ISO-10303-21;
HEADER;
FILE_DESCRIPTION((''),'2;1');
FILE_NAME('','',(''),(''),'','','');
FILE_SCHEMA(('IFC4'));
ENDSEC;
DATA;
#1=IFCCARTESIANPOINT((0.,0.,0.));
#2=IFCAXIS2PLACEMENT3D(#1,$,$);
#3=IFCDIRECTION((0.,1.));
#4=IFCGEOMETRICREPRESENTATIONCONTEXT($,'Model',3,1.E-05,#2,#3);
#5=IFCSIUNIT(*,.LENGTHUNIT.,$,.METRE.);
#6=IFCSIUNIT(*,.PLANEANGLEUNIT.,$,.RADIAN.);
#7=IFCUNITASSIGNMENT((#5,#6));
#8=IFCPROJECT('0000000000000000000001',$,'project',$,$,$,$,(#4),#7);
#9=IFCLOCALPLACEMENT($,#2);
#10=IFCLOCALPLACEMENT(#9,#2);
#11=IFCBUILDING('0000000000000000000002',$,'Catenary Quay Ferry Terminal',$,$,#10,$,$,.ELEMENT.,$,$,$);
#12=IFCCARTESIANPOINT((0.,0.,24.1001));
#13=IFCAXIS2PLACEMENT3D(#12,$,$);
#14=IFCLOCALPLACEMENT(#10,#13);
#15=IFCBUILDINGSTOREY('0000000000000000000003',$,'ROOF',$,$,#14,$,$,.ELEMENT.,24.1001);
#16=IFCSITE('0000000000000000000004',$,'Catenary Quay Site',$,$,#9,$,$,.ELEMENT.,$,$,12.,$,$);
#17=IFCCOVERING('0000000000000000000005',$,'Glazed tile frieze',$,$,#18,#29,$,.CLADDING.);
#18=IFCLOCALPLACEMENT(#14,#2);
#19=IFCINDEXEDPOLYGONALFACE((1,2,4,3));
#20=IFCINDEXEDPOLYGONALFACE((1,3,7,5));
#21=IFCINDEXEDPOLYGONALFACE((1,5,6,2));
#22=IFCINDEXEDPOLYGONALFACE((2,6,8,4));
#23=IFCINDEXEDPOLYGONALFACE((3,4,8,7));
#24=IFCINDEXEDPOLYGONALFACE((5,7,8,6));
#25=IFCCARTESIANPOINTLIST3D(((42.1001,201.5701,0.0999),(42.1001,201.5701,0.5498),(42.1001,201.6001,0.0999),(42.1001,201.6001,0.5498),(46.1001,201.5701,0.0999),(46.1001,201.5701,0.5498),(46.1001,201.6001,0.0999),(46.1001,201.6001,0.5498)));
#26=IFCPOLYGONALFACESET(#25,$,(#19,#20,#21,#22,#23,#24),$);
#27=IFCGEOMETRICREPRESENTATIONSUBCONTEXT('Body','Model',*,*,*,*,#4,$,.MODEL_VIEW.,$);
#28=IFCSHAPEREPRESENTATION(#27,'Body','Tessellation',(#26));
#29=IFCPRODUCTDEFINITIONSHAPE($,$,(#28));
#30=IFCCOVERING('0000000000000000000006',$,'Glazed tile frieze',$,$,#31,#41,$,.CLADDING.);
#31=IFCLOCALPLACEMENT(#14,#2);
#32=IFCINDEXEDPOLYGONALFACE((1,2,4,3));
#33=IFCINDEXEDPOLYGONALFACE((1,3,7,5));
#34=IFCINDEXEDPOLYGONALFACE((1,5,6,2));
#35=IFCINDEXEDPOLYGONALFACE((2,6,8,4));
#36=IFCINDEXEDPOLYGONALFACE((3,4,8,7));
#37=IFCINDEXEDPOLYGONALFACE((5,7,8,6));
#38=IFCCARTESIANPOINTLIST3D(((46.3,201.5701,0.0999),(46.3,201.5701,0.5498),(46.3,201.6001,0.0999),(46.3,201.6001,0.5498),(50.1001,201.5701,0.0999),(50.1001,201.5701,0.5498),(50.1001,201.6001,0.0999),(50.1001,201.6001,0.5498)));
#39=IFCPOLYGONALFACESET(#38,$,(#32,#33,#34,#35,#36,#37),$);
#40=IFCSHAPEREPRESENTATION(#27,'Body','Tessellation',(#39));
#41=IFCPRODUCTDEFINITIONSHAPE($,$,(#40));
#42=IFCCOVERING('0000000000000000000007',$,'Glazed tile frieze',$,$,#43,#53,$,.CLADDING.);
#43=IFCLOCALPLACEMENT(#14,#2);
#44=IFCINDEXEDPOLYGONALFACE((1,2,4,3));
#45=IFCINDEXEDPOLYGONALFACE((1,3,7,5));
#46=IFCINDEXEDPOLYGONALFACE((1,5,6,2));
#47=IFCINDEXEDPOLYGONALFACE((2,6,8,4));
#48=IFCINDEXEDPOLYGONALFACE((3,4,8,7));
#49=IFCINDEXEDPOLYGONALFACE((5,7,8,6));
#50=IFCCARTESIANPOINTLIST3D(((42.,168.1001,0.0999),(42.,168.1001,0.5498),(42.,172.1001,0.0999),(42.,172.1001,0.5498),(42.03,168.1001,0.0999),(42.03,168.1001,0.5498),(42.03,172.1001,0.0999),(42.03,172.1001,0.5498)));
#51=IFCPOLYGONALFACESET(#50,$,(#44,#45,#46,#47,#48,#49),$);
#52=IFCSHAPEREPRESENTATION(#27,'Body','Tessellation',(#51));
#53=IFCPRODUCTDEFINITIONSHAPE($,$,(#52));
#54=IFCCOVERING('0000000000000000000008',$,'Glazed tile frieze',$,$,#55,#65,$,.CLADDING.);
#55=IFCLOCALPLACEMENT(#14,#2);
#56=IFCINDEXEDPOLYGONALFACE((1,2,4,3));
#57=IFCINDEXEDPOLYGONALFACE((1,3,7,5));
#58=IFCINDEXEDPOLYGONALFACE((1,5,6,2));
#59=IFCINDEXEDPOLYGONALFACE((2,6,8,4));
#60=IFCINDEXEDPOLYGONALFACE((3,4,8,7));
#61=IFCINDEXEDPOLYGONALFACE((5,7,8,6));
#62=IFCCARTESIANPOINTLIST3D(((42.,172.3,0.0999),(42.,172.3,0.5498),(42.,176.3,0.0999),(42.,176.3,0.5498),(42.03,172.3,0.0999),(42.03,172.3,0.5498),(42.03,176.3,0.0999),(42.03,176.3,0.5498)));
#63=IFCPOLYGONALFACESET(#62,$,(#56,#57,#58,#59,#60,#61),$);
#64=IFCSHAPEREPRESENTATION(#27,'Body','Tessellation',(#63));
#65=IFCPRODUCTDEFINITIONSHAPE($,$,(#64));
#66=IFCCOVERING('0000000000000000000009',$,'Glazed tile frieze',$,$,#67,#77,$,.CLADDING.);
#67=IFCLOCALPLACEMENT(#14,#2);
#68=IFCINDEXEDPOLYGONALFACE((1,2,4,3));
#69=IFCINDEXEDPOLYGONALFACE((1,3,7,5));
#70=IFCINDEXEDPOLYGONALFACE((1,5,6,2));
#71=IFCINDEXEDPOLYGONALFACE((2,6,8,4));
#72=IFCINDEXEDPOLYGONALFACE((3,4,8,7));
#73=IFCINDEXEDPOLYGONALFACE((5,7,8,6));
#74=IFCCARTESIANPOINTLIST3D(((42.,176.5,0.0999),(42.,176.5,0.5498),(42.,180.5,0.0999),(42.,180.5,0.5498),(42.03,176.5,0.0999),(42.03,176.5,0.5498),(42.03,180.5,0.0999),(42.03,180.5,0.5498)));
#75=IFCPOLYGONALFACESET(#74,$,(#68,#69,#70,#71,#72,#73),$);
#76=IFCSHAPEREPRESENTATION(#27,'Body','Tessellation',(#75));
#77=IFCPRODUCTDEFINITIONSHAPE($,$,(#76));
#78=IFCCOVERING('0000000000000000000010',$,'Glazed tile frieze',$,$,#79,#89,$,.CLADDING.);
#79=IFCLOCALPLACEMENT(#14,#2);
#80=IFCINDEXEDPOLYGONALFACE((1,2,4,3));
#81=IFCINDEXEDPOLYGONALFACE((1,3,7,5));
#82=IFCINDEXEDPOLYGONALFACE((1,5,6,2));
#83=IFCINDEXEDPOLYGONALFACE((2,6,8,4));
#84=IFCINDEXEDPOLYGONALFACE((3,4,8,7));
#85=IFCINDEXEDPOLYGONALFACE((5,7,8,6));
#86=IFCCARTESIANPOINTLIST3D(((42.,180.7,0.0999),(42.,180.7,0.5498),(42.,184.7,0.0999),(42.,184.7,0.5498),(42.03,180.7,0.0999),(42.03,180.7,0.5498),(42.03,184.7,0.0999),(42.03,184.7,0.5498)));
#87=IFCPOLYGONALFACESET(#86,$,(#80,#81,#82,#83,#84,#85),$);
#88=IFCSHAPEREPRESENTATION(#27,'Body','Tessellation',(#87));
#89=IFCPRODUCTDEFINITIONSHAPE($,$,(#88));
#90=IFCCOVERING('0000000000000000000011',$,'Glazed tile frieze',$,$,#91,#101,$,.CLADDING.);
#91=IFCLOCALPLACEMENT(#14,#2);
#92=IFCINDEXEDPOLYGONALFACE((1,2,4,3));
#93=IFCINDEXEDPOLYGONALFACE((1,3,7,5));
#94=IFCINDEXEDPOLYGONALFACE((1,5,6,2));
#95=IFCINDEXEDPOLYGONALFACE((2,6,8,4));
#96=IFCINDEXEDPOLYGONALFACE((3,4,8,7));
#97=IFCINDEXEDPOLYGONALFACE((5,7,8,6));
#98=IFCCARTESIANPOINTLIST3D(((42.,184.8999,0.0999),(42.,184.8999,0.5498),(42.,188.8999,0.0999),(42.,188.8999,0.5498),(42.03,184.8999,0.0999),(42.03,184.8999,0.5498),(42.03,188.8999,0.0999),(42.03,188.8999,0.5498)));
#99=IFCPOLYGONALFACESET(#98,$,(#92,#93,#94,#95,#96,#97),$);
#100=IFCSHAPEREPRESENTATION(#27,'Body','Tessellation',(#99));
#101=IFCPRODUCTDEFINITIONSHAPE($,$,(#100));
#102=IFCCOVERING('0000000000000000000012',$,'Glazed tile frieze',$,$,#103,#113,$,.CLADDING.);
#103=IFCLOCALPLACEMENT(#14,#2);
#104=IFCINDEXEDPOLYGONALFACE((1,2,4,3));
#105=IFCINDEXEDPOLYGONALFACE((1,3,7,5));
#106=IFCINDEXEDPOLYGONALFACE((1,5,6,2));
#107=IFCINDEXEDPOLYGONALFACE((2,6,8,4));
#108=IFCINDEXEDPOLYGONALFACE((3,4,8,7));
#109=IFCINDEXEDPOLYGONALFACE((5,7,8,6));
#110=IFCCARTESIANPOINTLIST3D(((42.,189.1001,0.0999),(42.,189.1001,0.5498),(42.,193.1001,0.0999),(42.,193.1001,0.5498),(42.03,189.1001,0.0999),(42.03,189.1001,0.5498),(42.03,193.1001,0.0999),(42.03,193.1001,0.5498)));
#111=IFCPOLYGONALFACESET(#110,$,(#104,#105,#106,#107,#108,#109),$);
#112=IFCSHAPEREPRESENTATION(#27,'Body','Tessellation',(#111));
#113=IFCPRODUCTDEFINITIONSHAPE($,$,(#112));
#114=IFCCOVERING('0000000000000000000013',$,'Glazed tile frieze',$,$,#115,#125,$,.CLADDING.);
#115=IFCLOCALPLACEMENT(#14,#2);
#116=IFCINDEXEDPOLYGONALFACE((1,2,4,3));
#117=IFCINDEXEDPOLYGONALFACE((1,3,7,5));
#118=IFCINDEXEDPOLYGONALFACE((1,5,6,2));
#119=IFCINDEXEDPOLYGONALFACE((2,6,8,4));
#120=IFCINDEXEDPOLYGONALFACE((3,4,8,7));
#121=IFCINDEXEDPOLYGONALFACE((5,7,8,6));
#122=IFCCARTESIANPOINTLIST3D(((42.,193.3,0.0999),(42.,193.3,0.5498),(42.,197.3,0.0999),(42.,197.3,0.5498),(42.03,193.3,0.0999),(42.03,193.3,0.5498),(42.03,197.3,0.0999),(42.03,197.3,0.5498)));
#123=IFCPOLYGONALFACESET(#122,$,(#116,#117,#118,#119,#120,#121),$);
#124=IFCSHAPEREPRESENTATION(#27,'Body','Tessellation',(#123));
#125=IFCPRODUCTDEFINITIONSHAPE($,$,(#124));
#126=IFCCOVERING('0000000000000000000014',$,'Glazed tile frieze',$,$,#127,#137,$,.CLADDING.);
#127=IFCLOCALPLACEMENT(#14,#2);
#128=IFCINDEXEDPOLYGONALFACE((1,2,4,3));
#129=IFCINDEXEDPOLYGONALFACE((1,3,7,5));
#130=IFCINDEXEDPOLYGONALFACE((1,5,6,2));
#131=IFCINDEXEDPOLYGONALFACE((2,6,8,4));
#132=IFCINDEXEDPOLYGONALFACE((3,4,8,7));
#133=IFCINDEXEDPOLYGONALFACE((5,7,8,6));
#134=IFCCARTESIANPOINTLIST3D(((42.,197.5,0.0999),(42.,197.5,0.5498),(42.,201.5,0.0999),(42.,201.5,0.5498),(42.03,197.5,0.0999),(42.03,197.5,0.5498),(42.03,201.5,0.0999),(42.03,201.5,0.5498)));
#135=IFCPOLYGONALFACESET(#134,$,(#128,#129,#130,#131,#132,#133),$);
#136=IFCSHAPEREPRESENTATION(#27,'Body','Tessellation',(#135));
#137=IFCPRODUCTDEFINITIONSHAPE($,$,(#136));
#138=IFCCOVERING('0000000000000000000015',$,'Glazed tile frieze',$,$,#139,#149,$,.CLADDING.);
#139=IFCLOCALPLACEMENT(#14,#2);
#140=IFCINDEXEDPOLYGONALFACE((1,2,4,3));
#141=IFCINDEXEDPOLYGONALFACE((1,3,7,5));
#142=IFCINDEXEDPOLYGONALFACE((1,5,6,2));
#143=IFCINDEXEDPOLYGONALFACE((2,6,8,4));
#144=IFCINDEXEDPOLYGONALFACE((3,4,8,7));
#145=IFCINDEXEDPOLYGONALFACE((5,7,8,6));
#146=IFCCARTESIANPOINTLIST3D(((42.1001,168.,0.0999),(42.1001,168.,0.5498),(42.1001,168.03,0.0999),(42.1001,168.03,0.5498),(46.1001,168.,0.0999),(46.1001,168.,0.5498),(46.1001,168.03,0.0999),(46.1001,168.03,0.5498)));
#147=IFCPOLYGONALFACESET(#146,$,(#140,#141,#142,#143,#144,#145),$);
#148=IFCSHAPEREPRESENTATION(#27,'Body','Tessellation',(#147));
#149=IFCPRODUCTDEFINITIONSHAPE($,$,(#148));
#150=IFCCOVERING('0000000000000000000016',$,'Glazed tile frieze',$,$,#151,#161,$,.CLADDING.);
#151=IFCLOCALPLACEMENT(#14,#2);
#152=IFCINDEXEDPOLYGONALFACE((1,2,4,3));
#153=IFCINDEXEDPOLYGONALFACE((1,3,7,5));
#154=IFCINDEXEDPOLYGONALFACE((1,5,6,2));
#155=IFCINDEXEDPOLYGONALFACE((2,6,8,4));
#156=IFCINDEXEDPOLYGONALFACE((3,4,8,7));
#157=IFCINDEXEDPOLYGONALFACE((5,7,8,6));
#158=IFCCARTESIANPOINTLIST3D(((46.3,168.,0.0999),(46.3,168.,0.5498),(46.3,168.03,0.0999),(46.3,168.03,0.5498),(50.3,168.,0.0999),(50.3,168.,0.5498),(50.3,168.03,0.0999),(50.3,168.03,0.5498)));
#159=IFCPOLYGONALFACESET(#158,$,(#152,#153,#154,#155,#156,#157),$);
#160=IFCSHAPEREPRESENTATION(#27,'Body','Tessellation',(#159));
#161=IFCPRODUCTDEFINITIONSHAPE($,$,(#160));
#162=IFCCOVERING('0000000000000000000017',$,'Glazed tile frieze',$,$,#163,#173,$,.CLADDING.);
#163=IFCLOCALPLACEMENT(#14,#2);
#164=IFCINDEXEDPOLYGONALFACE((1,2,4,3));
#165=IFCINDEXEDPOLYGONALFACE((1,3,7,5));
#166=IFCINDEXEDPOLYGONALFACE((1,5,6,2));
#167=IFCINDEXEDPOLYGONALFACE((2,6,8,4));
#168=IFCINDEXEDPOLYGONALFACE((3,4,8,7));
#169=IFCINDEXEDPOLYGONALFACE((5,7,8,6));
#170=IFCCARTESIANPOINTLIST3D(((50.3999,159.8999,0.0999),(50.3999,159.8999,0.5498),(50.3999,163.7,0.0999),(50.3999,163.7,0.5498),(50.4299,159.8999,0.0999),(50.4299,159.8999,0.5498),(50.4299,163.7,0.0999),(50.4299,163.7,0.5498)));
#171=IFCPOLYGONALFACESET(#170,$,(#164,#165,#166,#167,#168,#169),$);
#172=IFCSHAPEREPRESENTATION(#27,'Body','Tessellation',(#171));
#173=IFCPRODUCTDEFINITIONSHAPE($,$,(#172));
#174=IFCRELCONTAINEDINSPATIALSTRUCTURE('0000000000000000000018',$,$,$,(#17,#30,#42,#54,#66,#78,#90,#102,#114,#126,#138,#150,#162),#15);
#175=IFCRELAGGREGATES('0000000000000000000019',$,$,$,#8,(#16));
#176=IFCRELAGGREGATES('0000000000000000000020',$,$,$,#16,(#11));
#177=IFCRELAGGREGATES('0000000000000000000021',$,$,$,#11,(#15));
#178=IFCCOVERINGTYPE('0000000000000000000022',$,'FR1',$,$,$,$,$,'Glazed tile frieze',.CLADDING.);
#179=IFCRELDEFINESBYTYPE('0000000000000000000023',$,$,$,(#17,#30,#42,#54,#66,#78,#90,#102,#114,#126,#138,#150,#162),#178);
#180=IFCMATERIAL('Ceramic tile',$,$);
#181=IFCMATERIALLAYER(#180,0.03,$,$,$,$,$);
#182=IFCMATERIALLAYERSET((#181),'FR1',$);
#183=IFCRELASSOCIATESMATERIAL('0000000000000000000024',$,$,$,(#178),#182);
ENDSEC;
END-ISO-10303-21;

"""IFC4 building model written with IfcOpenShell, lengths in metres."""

from ifc_helpers import new_model, si_unit, direction, frame, origin, place, context, subcontext, project, spatial, polyline, outline, extrude, material, layer, layer_set, type_object, element, save


model = new_model("IFC4")

# Units and contexts
model_context = context("Model", 3, precision=1e-05, world=origin(), true_north=direction((0.0, 1.0)))
body_context = subcontext(model_context, "Body", "Model", "MODEL_VIEW")
ifc_project = project(units=[si_unit("LENGTHUNIT", "METRE"), si_unit("PLANEANGLEUNIT", "RADIAN")], contexts=[model_context])

# Site, building, storey
site_placement = place(None, origin())
site = spatial("IfcSite", under=ifc_project, at=site_placement, Name="Catenary Quay Site", CompositionType="ELEMENT", RefElevation=12.0)
building_placement = place(site_placement, origin())
building = spatial("IfcBuilding", under=site, at=building_placement, Name="Catenary Quay Ferry Terminal", CompositionType="ELEMENT")
storey_placement = place(building_placement, frame((0.0, 0.0, 24.1001)))
storey = spatial("IfcBuildingStorey", under=building, at=storey_placement, Name="ROOF", CompositionType="ELEMENT", Elevation=24.1001)

# Coverings
ifc_material_1 = material(Name="Ceramic tile")
ifc_layer_1 = layer(ifc_material_1, 0.03)
ifc_layer_set_1 = layer_set([ifc_layer_1], Name="FR1")
covering_type_1 = type_object("IfcCoveringType", Name="FR1", ElementType="Glazed tile frieze", PredefinedType="CLADDING", material=ifc_layer_set_1)
covering_1_placement = place(storey_placement, frame((0.0, 0.0, 0.0999)))
element("IfcCovering", 1, at=covering_1_placement, inside=storey, type_object=covering_type_1, Name="Glazed tile frieze", PredefinedType="CLADDING", context=body_context, shape_type="SweptSolid", body=[
    extrude(outline(polyline([(42.1001, 201.6001), (46.1001, 201.6001), (46.1001, 201.5701), (42.1001, 201.5701), (42.1001, 201.6001)])), origin(), (0.0, 0.0, 1.0), 0.45),
])
covering_2_placement = place(storey_placement, frame((0.0, 0.0, 0.0999)))
element("IfcCovering", 2, at=covering_2_placement, inside=storey, type_object=covering_type_1, Name="Glazed tile frieze", PredefinedType="CLADDING", context=body_context, shape_type="SweptSolid", body=[
    extrude(outline(polyline([(46.3, 201.6001), (50.1001, 201.6001), (50.1001, 201.5701), (46.3, 201.5701), (46.3, 201.6001)])), origin(), (0.0, 0.0, 1.0), 0.45),
])
covering_3_placement = place(storey_placement, frame((0.0, 0.0, 0.0999)))
element("IfcCovering", 3, at=covering_3_placement, inside=storey, type_object=covering_type_1, Name="Glazed tile frieze", PredefinedType="CLADDING", context=body_context, shape_type="SweptSolid", body=[
    extrude(outline(polyline([(42.0, 168.1001), (42.0, 172.1001), (42.03, 172.1001), (42.03, 168.1001), (42.0, 168.1001)])), origin(), (0.0, 0.0, 1.0), 0.45),
])
covering_4_placement = place(storey_placement, frame((0.0, 0.0, 0.0999)))
element("IfcCovering", 4, at=covering_4_placement, inside=storey, type_object=covering_type_1, Name="Glazed tile frieze", PredefinedType="CLADDING", context=body_context, shape_type="SweptSolid", body=[
    extrude(outline(polyline([(42.0, 172.3), (42.0, 176.3), (42.03, 176.3), (42.03, 172.3), (42.0, 172.3)])), origin(), (0.0, 0.0, 1.0), 0.45),
])
covering_5_placement = place(storey_placement, frame((0.0, 0.0, 0.0999)))
element("IfcCovering", 5, at=covering_5_placement, inside=storey, type_object=covering_type_1, Name="Glazed tile frieze", PredefinedType="CLADDING", context=body_context, shape_type="SweptSolid", body=[
    extrude(outline(polyline([(42.0, 176.5), (42.0, 180.5), (42.03, 180.5), (42.03, 176.5), (42.0, 176.5)])), origin(), (0.0, 0.0, 1.0), 0.45),
])
covering_6_placement = place(storey_placement, frame((0.0, 0.0, 0.0999)))
element("IfcCovering", 6, at=covering_6_placement, inside=storey, type_object=covering_type_1, Name="Glazed tile frieze", PredefinedType="CLADDING", context=body_context, shape_type="SweptSolid", body=[
    extrude(outline(polyline([(42.0, 180.7), (42.0, 184.7), (42.03, 184.7), (42.03, 180.7), (42.0, 180.7)])), origin(), (0.0, 0.0, 1.0), 0.45),
])
covering_7_placement = place(storey_placement, frame((0.0, 0.0, 0.0999)))
element("IfcCovering", 7, at=covering_7_placement, inside=storey, type_object=covering_type_1, Name="Glazed tile frieze", PredefinedType="CLADDING", context=body_context, shape_type="SweptSolid", body=[
    extrude(outline(polyline([(42.0, 184.8999), (42.0, 188.8999), (42.03, 188.8999), (42.03, 184.8999), (42.0, 184.8999)])), origin(), (0.0, 0.0, 1.0), 0.45),
])
covering_8_placement = place(storey_placement, frame((0.0, 0.0, 0.0999)))
element("IfcCovering", 8, at=covering_8_placement, inside=storey, type_object=covering_type_1, Name="Glazed tile frieze", PredefinedType="CLADDING", context=body_context, shape_type="SweptSolid", body=[
    extrude(outline(polyline([(42.0, 189.1001), (42.0, 193.1001), (42.03, 193.1001), (42.03, 189.1001), (42.0, 189.1001)])), origin(), (0.0, 0.0, 1.0), 0.45),
])
covering_9_placement = place(storey_placement, frame((0.0, 0.0, 0.0999)))
element("IfcCovering", 9, at=covering_9_placement, inside=storey, type_object=covering_type_1, Name="Glazed tile frieze", PredefinedType="CLADDING", context=body_context, shape_type="SweptSolid", body=[
    extrude(outline(polyline([(42.0, 193.3), (42.0, 197.3), (42.03, 197.3), (42.03, 193.3), (42.0, 193.3)])), origin(), (0.0, 0.0, 1.0), 0.45),
])
covering_10_placement = place(storey_placement, frame((0.0, 0.0, 0.0999)))
element("IfcCovering", 10, at=covering_10_placement, inside=storey, type_object=covering_type_1, Name="Glazed tile frieze", PredefinedType="CLADDING", context=body_context, shape_type="SweptSolid", body=[
    extrude(outline(polyline([(42.0, 197.5), (42.0, 201.5), (42.03, 201.5), (42.03, 197.5), (42.0, 197.5)])), origin(), (0.0, 0.0, 1.0), 0.45),
])
covering_11_placement = place(storey_placement, frame((0.0, 0.0, 0.0999)))
element("IfcCovering", 11, at=covering_11_placement, inside=storey, type_object=covering_type_1, Name="Glazed tile frieze", PredefinedType="CLADDING", context=body_context, shape_type="SweptSolid", body=[
    extrude(outline(polyline([(42.1001, 168.0), (46.1001, 168.0), (46.1001, 168.03), (42.1001, 168.03), (42.1001, 168.0)])), origin(), (0.0, 0.0, 1.0), 0.45),
])
covering_12_placement = place(storey_placement, frame((0.0, 0.0, 0.0999)))
element("IfcCovering", 12, at=covering_12_placement, inside=storey, type_object=covering_type_1, Name="Glazed tile frieze", PredefinedType="CLADDING", context=body_context, shape_type="SweptSolid", body=[
    extrude(outline(polyline([(46.3, 168.0), (50.3, 168.0), (50.3, 168.03), (46.3, 168.03), (46.3, 168.0)])), origin(), (0.0, 0.0, 1.0), 0.45),
])
covering_13_placement = place(storey_placement, frame((0.0, 0.0, 0.0999)))
element("IfcCovering", 13, at=covering_13_placement, inside=storey, type_object=covering_type_1, Name="Glazed tile frieze", PredefinedType="CLADDING", context=body_context, shape_type="SweptSolid", body=[
    extrude(outline(polyline([(50.3999, 159.8999), (50.3999, 163.7), (50.4299, 163.7), (50.4299, 159.8999), (50.3999, 159.8999)])), origin(), (0.0, 0.0, 1.0), 0.45),
])

save(model, "model.ifc")
